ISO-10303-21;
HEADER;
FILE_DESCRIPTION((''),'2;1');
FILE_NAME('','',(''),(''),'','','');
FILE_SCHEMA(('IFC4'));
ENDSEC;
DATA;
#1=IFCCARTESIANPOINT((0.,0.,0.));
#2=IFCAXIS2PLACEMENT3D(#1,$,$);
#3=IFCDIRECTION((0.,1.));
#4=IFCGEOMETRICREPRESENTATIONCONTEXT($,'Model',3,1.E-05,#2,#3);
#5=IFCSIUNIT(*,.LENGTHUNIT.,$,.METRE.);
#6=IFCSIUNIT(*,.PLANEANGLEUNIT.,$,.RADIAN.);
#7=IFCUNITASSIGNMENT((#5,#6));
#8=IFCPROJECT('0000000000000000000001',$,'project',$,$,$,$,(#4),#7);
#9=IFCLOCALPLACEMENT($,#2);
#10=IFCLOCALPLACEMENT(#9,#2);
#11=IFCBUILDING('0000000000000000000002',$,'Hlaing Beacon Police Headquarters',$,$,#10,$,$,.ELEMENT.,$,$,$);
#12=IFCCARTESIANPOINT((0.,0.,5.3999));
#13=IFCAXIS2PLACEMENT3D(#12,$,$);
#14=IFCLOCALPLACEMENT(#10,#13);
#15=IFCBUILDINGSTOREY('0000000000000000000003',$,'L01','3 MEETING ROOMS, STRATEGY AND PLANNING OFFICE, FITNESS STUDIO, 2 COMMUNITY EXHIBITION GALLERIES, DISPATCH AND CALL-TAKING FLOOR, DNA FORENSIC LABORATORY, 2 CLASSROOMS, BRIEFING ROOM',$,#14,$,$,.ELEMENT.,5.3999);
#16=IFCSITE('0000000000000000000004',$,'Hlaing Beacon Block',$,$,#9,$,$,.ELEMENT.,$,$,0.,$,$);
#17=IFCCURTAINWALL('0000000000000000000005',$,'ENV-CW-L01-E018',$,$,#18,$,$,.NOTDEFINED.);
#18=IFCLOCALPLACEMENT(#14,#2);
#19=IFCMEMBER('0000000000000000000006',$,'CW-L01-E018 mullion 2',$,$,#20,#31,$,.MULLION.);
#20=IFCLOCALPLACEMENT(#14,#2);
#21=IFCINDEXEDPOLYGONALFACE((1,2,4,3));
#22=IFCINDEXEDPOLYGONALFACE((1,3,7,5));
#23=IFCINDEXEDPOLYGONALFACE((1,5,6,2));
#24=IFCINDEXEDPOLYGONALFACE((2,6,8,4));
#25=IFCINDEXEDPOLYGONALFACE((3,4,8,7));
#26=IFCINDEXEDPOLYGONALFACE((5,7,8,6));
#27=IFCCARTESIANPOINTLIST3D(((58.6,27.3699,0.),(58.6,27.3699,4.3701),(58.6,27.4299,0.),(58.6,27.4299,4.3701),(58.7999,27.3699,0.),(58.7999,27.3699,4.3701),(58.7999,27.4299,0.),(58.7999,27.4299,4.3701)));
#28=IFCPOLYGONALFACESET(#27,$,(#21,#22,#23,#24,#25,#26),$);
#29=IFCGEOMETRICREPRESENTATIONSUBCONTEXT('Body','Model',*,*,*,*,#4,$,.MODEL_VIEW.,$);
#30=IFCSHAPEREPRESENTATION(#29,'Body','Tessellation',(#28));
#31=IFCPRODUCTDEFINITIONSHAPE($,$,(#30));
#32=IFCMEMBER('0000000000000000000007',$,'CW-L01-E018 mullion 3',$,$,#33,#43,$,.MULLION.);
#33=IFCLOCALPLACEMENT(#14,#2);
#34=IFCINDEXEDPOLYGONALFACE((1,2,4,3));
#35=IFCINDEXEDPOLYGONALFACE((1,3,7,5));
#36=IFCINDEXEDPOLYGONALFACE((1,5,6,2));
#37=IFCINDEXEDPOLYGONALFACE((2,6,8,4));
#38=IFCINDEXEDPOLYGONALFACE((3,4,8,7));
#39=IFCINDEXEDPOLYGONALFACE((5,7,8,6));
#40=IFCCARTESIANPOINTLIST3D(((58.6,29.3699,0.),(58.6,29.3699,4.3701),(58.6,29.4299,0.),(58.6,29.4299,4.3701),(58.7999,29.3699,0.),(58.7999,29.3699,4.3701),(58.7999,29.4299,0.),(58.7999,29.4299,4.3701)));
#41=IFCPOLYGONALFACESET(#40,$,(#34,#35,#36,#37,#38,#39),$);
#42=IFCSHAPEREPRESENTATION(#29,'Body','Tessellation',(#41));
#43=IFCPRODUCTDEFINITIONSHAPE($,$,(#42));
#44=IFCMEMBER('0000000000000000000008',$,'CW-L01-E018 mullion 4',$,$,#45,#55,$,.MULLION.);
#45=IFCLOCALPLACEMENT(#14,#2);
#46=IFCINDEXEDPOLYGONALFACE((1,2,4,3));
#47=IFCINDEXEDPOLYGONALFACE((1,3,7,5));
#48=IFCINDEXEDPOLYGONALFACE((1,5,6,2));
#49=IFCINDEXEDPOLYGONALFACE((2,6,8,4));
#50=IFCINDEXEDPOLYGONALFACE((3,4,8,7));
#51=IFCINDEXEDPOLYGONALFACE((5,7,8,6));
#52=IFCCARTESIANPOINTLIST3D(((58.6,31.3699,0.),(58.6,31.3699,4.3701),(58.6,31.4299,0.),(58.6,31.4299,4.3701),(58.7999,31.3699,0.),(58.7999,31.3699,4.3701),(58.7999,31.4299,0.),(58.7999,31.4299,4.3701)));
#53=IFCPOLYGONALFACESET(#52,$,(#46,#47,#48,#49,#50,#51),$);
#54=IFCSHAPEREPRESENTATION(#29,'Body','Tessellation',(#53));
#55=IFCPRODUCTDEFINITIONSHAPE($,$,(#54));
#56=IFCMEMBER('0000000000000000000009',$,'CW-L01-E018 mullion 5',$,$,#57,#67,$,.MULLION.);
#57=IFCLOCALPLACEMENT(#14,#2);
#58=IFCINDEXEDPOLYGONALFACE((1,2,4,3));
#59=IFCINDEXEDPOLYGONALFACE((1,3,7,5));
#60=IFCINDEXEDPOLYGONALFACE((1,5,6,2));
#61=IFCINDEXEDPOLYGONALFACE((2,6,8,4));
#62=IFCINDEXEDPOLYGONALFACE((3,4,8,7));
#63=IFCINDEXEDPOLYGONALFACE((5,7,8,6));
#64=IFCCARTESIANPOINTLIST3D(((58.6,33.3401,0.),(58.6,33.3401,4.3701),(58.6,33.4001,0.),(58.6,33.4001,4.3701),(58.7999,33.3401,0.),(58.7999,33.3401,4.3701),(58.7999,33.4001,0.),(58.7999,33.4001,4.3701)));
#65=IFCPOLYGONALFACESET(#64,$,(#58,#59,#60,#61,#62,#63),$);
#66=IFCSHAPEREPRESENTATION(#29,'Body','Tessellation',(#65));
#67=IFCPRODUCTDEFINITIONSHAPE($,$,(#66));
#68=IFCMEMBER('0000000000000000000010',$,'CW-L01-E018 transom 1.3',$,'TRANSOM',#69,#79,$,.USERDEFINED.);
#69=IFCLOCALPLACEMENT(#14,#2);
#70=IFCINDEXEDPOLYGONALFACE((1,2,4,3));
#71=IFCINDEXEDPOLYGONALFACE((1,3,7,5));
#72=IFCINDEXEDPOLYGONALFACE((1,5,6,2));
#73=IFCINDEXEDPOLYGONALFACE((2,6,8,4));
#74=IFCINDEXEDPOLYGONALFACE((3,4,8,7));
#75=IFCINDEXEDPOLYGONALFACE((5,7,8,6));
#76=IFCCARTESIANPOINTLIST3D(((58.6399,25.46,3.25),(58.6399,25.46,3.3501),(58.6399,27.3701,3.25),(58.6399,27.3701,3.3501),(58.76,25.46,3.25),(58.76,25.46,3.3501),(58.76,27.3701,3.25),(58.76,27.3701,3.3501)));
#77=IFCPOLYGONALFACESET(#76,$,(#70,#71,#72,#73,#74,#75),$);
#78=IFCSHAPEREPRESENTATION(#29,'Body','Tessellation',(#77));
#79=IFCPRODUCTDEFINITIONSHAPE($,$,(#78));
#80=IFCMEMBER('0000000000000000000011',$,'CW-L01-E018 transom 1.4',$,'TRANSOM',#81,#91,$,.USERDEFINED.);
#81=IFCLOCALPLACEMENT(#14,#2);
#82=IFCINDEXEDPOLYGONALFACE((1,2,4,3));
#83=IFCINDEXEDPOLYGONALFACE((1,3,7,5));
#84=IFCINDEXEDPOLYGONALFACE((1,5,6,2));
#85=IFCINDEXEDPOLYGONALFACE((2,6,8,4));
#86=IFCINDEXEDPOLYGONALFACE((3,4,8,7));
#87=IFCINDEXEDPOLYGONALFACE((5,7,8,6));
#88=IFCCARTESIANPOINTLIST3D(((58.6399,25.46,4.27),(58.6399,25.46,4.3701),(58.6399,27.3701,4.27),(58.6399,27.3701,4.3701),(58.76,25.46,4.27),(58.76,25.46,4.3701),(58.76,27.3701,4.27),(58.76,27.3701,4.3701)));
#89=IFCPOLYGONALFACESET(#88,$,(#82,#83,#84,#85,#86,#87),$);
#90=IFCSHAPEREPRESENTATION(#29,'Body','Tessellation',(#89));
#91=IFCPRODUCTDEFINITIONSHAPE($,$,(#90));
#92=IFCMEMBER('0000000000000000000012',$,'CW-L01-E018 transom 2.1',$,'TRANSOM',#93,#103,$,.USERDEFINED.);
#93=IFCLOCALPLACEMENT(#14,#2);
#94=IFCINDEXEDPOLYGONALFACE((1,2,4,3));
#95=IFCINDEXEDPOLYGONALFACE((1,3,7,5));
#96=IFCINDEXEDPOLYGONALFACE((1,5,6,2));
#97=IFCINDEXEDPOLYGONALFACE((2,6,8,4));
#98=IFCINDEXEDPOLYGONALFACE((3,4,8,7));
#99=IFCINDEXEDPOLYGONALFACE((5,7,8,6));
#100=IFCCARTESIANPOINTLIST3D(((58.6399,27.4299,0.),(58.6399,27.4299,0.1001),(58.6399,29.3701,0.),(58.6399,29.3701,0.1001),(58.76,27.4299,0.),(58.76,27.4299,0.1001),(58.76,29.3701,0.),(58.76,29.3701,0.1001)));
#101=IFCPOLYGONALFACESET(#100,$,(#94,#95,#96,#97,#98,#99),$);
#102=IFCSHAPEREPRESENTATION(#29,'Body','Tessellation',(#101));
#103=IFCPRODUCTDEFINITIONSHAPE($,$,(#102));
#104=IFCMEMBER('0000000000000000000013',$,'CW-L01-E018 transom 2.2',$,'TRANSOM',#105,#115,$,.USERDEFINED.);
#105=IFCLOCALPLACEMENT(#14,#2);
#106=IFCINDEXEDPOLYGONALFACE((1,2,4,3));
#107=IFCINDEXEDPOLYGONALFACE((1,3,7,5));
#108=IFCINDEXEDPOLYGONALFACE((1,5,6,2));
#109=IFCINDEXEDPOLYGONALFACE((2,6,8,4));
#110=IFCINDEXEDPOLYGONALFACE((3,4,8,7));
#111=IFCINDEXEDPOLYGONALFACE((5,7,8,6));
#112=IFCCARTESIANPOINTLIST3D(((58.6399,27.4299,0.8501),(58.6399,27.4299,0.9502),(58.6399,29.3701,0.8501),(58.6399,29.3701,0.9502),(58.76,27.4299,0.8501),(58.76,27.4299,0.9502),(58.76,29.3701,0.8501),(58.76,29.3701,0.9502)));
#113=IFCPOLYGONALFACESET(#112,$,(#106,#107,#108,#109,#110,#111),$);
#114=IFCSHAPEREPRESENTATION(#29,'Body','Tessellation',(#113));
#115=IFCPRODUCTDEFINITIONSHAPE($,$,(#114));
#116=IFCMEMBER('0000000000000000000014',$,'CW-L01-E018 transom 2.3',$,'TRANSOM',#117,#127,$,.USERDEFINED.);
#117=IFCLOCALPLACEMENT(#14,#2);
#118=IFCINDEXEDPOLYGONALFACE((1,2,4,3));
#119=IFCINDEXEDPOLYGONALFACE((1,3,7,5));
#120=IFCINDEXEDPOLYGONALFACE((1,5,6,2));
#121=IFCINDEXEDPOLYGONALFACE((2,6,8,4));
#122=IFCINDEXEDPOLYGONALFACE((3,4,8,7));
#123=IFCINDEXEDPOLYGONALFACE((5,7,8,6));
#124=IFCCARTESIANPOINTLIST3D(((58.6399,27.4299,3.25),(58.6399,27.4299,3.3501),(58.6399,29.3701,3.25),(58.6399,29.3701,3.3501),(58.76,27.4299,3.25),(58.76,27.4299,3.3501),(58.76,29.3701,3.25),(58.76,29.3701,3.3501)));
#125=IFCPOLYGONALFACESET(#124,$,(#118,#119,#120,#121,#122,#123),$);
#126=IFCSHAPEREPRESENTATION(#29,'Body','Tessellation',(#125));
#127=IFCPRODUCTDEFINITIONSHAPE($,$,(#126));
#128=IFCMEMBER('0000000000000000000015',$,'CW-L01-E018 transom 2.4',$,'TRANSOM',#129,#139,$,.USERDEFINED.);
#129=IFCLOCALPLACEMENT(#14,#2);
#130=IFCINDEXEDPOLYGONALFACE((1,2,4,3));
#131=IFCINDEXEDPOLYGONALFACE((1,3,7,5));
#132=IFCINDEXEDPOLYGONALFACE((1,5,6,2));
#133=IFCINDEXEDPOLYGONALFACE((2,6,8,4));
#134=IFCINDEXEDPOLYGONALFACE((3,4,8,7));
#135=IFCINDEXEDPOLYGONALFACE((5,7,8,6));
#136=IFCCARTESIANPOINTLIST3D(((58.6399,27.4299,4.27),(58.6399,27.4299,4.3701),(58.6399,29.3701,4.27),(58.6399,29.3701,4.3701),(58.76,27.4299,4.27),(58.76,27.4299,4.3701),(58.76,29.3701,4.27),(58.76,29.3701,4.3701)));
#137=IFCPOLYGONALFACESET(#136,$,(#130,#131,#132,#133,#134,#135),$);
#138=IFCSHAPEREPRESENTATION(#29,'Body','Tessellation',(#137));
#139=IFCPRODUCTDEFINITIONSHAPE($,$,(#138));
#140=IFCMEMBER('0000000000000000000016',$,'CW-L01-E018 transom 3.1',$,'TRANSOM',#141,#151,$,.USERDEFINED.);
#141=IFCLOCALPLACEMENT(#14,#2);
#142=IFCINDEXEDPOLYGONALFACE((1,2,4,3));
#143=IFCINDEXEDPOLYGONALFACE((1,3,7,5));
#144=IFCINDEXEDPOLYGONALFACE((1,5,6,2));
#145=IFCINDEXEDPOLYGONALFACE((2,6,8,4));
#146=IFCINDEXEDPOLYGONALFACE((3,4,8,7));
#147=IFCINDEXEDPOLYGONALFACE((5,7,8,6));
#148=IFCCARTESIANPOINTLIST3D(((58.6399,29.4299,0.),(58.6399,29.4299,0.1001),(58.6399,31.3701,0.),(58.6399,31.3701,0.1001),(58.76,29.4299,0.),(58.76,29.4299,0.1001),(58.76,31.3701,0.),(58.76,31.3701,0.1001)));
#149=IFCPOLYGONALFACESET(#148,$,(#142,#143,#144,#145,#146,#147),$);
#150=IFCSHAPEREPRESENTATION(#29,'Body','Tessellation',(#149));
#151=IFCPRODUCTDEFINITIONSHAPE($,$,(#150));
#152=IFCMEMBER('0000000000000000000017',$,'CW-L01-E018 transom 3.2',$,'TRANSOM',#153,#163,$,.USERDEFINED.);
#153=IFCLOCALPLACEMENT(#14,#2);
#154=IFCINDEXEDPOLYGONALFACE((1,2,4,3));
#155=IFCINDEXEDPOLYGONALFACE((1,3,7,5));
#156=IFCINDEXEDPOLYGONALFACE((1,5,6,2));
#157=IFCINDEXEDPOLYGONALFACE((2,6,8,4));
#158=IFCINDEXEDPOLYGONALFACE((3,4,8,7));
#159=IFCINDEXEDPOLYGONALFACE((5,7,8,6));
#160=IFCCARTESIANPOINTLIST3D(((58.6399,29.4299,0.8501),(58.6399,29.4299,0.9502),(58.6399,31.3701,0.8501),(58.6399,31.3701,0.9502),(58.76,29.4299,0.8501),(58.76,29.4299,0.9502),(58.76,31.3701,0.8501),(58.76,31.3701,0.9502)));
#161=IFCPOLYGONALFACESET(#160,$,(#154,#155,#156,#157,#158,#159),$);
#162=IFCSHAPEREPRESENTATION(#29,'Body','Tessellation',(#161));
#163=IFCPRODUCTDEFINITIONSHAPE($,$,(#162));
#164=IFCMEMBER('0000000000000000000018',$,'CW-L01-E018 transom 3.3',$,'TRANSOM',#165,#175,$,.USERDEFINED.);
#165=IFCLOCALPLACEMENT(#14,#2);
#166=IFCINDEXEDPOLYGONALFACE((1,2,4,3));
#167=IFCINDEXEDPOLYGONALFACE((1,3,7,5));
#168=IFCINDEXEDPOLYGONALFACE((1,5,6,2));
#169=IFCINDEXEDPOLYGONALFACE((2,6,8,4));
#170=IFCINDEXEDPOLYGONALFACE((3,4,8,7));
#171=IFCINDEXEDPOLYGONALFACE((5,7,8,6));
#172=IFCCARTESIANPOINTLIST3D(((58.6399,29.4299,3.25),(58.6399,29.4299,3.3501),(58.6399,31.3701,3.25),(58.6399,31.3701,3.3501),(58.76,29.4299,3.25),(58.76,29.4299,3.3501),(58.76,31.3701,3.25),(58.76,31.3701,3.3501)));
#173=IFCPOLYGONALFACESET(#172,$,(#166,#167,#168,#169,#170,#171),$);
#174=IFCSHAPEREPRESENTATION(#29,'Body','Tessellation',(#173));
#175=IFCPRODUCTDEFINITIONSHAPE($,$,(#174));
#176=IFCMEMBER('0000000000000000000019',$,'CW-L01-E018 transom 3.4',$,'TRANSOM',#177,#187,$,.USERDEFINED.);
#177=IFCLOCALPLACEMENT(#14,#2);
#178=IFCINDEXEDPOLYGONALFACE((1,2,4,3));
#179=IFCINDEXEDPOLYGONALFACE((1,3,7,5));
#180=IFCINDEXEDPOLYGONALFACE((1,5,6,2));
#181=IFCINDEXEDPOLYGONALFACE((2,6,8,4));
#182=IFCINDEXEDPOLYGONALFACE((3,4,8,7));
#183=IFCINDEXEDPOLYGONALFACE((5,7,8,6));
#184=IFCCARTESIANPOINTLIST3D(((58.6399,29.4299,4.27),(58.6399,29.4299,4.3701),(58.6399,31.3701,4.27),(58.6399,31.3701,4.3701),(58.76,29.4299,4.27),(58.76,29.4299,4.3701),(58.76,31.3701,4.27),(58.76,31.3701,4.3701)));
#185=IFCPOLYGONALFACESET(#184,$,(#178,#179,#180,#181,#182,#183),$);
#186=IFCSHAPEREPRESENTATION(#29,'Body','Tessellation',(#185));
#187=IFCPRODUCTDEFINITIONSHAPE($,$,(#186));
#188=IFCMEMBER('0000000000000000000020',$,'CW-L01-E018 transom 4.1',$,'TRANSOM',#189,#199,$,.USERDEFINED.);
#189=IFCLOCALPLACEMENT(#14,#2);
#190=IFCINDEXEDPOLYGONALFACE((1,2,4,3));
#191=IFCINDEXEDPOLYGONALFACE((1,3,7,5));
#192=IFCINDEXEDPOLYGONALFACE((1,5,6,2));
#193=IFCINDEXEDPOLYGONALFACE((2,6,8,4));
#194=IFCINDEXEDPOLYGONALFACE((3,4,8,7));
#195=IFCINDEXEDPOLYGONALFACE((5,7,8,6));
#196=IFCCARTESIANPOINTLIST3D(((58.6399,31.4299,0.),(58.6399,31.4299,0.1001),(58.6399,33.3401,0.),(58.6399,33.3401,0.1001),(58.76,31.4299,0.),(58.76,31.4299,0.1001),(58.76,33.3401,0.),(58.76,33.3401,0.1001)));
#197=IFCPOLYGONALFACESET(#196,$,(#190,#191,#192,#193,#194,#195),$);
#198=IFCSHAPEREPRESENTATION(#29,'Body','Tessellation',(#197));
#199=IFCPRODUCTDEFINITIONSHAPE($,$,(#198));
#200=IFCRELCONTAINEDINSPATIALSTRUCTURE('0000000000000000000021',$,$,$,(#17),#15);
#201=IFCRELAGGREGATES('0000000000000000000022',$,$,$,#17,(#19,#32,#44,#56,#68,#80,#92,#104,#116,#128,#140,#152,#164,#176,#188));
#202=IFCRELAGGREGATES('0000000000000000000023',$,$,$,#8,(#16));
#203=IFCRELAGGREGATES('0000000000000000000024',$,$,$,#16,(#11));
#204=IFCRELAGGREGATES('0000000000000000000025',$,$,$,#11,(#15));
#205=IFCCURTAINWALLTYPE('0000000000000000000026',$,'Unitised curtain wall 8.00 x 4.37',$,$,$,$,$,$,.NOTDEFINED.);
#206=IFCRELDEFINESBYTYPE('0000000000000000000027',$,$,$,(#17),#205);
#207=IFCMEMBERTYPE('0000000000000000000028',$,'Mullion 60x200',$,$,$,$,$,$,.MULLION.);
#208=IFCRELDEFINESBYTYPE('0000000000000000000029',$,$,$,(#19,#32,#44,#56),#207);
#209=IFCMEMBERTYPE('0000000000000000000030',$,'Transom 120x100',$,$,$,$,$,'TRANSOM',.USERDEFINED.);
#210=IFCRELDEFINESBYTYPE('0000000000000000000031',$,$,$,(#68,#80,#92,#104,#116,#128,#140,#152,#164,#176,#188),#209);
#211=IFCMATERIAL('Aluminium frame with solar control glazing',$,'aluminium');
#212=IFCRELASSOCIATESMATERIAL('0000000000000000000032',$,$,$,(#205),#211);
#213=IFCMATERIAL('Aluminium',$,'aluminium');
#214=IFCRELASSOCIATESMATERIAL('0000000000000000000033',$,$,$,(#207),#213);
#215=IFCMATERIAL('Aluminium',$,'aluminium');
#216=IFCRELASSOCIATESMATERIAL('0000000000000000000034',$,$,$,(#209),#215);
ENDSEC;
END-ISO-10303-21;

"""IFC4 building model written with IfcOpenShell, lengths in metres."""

from ifc_helpers import new_model, si_unit, direction, frame, origin, origin_2d, place, context, subcontext, project, spatial, rectangle, extrude, material, material_profile, profile_set, type_object, element, aggregate, save


model = new_model("IFC4")

# Units and contexts
model_context = context("Model", 3, precision=1e-05, world=origin(), true_north=direction((0.0, 1.0)))
body_context = subcontext(model_context, "Body", "Model", "MODEL_VIEW")
ifc_project = project(units=[si_unit("LENGTHUNIT", "METRE"), si_unit("PLANEANGLEUNIT", "RADIAN")], contexts=[model_context])

# Site, building, storey
site_placement = place(None, origin())
site = spatial("IfcSite", under=ifc_project, at=site_placement, Name="Hlaing Beacon Block", CompositionType="ELEMENT", RefElevation=0.0)
building_placement = place(site_placement, origin())
building = spatial("IfcBuilding", under=site, at=building_placement, Name="Hlaing Beacon Police Headquarters", CompositionType="ELEMENT")
storey_placement = place(building_placement, frame((0.0, 0.0, 5.3999)))
storey = spatial("IfcBuildingStorey", under=building, at=storey_placement, Name="L01", Description="3 MEETING ROOMS, STRATEGY AND PLANNING OFFICE, FITNESS STUDIO, 2 COMMUNITY EXHIBITION GALLERIES, DISPATCH AND CALL-TAKING FLOOR, DNA FORENSIC LABORATORY, 2 CLASSROOMS, BRIEFING ROOM", CompositionType="ELEMENT", Elevation=5.3999)

# Curtain wall, members
ifc_material_1 = material(Name="Aluminium frame with solar control glazing", Category="aluminium")
curtain_wall_type = type_object("IfcCurtainWallType", Name="Unitised curtain wall 8.00 x 4.37", PredefinedType="NOTDEFINED", material=ifc_material_1)
curtain_wall_placement = place(storey_placement, origin())
curtain_wall = element("IfcCurtainWall", 1, at=curtain_wall_placement, inside=storey, type_object=curtain_wall_type, Name="ENV-CW-L01-E018", PredefinedType="NOTDEFINED")
ifc_material_2 = material(Name="Aluminium", Category="aluminium")
ifc_material_profile_1 = material_profile(ifc_material_2, rectangle(XDim=0.2, YDim=0.0601, at=origin_2d()), Name="Mullion 60x200")
ifc_profile_set_1 = profile_set([ifc_material_profile_1], Name="Aluminium")
member_type_1 = type_object("IfcMemberType", Name="Mullion 60x200", PredefinedType="MULLION", material=ifc_profile_set_1)
member_1_placement = place(storey_placement, frame((58.7, 27.3999, 0.0), z_axis=(0.0, 0.0, 1.0), x_axis=(-1.0, 0.0, 0.0)))
member_1 = element("IfcMember", 2, at=member_1_placement, type_object=member_type_1, Name="CW-L01-E018 mullion 2", PredefinedType="MULLION", context=body_context, shape_type="SweptSolid", body=[
    extrude(rectangle(XDim=0.2, YDim=0.0601, at=origin_2d()), origin(), (0.0, 0.0, 1.0), 4.3701),
])
member_2_placement = place(storey_placement, frame((58.7, 29.3999, 0.0), z_axis=(0.0, 0.0, 1.0), x_axis=(-1.0, 0.0, 0.0)))
member_2 = element("IfcMember", 3, at=member_2_placement, type_object=member_type_1, Name="CW-L01-E018 mullion 3", PredefinedType="MULLION", context=body_context, shape_type="SweptSolid", body=[
    extrude(rectangle(XDim=0.2, YDim=0.0601, at=origin_2d()), origin(), (0.0, 0.0, 1.0), 4.3701),
])
member_3_placement = place(storey_placement, frame((58.7, 31.3999, 0.0), z_axis=(0.0, 0.0, 1.0), x_axis=(-1.0, 0.0, 0.0)))
member_3 = element("IfcMember", 4, at=member_3_placement, type_object=member_type_1, Name="CW-L01-E018 mullion 4", PredefinedType="MULLION", context=body_context, shape_type="SweptSolid", body=[
    extrude(rectangle(XDim=0.2, YDim=0.0601, at=origin_2d()), origin(), (0.0, 0.0, 1.0), 4.3701),
])
member_4_placement = place(storey_placement, frame((58.7, 33.3701, 0.0), z_axis=(0.0, 0.0, 1.0), x_axis=(-1.0, 0.0, 0.0)))
member_4 = element("IfcMember", 5, at=member_4_placement, type_object=member_type_1, Name="CW-L01-E018 mullion 5", PredefinedType="MULLION", context=body_context, shape_type="SweptSolid", body=[
    extrude(rectangle(XDim=0.2, YDim=0.0601, at=origin_2d()), origin(), (0.0, 0.0, 1.0), 4.3701),
])
ifc_material_3 = material(Name="Aluminium", Category="aluminium")
ifc_material_profile_2 = material_profile(ifc_material_3, rectangle(XDim=0.1201, YDim=0.1001, at=origin_2d()), Name="Transom 120x100")
ifc_profile_set_2 = profile_set([ifc_material_profile_2], Name="Aluminium")
member_type_2 = type_object("IfcMemberType", Name="Transom 120x100", ElementType="TRANSOM", PredefinedType="USERDEFINED", material=ifc_profile_set_2)
member_5_placement = place(storey_placement, frame((58.7, 25.46, 3.3), z_axis=(0.0, 1.0, 0.0), x_axis=(-1.0, 0.0, 0.0)))
member_5 = element("IfcMember", 6, at=member_5_placement, type_object=member_type_2, Name="CW-L01-E018 transom 1.3", ObjectType="TRANSOM", PredefinedType="USERDEFINED", context=body_context, shape_type="SweptSolid", body=[
    extrude(rectangle(XDim=0.1201, YDim=0.1001, at=origin_2d()), origin(), (0.0, 0.0, 1.0), 1.9102),
])
member_6_placement = place(storey_placement, frame((58.7, 25.46, 4.3201), z_axis=(0.0, 1.0, 0.0), x_axis=(-1.0, 0.0, 0.0)))
member_6 = element("IfcMember", 7, at=member_6_placement, type_object=member_type_2, Name="CW-L01-E018 transom 1.4", ObjectType="TRANSOM", PredefinedType="USERDEFINED", context=body_context, shape_type="SweptSolid", body=[
    extrude(rectangle(XDim=0.1201, YDim=0.1001, at=origin_2d()), origin(), (0.0, 0.0, 1.0), 1.9102),
])
member_7_placement = place(storey_placement, frame((58.7, 27.4299, 0.05), z_axis=(0.0, 1.0, 0.0), x_axis=(-1.0, 0.0, 0.0)))
member_7 = element("IfcMember", 8, at=member_7_placement, type_object=member_type_2, Name="CW-L01-E018 transom 2.1", ObjectType="TRANSOM", PredefinedType="USERDEFINED", context=body_context, shape_type="SweptSolid", body=[
    extrude(rectangle(XDim=0.1201, YDim=0.1001, at=origin_2d()), origin(), (0.0, 0.0, 1.0), 1.9402),
])
member_8_placement = place(storey_placement, frame((58.7, 27.4299, 0.9001), z_axis=(0.0, 1.0, 0.0), x_axis=(-1.0, 0.0, 0.0)))
member_8 = element("IfcMember", 9, at=member_8_placement, type_object=member_type_2, Name="CW-L01-E018 transom 2.2", ObjectType="TRANSOM", PredefinedType="USERDEFINED", context=body_context, shape_type="SweptSolid", body=[
    extrude(rectangle(XDim=0.1201, YDim=0.1001, at=origin_2d()), origin(), (0.0, 0.0, 1.0), 1.9402),
])
member_9_placement = place(storey_placement, frame((58.7, 27.4299, 3.3), z_axis=(0.0, 1.0, 0.0), x_axis=(-1.0, 0.0, 0.0)))
member_9 = element("IfcMember", 10, at=member_9_placement, type_object=member_type_2, Name="CW-L01-E018 transom 2.3", ObjectType="TRANSOM", PredefinedType="USERDEFINED", context=body_context, shape_type="SweptSolid", body=[
    extrude(rectangle(XDim=0.1201, YDim=0.1001, at=origin_2d()), origin(), (0.0, 0.0, 1.0), 1.9402),
])
member_10_placement = place(storey_placement, frame((58.7, 27.4299, 4.3201), z_axis=(0.0, 1.0, 0.0), x_axis=(-1.0, 0.0, 0.0)))
member_10 = element("IfcMember", 11, at=member_10_placement, type_object=member_type_2, Name="CW-L01-E018 transom 2.4", ObjectType="TRANSOM", PredefinedType="USERDEFINED", context=body_context, shape_type="SweptSolid", body=[
    extrude(rectangle(XDim=0.1201, YDim=0.1001, at=origin_2d()), origin(), (0.0, 0.0, 1.0), 1.9402),
])
member_11_placement = place(storey_placement, frame((58.7, 29.4299, 0.05), z_axis=(0.0, 1.0, 0.0), x_axis=(-1.0, 0.0, 0.0)))
member_11 = element("IfcMember", 12, at=member_11_placement, type_object=member_type_2, Name="CW-L01-E018 transom 3.1", ObjectType="TRANSOM", PredefinedType="USERDEFINED", context=body_context, shape_type="SweptSolid", body=[
    extrude(rectangle(XDim=0.1201, YDim=0.1001, at=origin_2d()), origin(), (0.0, 0.0, 1.0), 1.9402),
])
member_12_placement = place(storey_placement, frame((58.7, 29.4299, 0.9001), z_axis=(0.0, 1.0, 0.0), x_axis=(-1.0, 0.0, 0.0)))
member_12 = element("IfcMember", 13, at=member_12_placement, type_object=member_type_2, Name="CW-L01-E018 transom 3.2", ObjectType="TRANSOM", PredefinedType="USERDEFINED", context=body_context, shape_type="SweptSolid", body=[
    extrude(rectangle(XDim=0.1201, YDim=0.1001, at=origin_2d()), origin(), (0.0, 0.0, 1.0), 1.9402),
])
member_13_placement = place(storey_placement, frame((58.7, 29.4299, 3.3), z_axis=(0.0, 1.0, 0.0), x_axis=(-1.0, 0.0, 0.0)))
member_13 = element("IfcMember", 14, at=member_13_placement, type_object=member_type_2, Name="CW-L01-E018 transom 3.3", ObjectType="TRANSOM", PredefinedType="USERDEFINED", context=body_context, shape_type="SweptSolid", body=[
    extrude(rectangle(XDim=0.1201, YDim=0.1001, at=origin_2d()), origin(), (0.0, 0.0, 1.0), 1.9402),
])
member_14_placement = place(storey_placement, frame((58.7, 29.4299, 4.3201), z_axis=(0.0, 1.0, 0.0), x_axis=(-1.0, 0.0, 0.0)))
member_14 = element("IfcMember", 15, at=member_14_placement, type_object=member_type_2, Name="CW-L01-E018 transom 3.4", ObjectType="TRANSOM", PredefinedType="USERDEFINED", context=body_context, shape_type="SweptSolid", body=[
    extrude(rectangle(XDim=0.1201, YDim=0.1001, at=origin_2d()), origin(), (0.0, 0.0, 1.0), 1.9402),
])
member_15_placement = place(storey_placement, frame((58.7, 31.4299, 0.05), z_axis=(0.0, 1.0, 0.0), x_axis=(-1.0, 0.0, 0.0)))
member_15 = element("IfcMember", 16, at=member_15_placement, type_object=member_type_2, Name="CW-L01-E018 transom 4.1", ObjectType="TRANSOM", PredefinedType="USERDEFINED", context=body_context, shape_type="SweptSolid", body=[
    extrude(rectangle(XDim=0.1201, YDim=0.1001, at=origin_2d()), origin(), (0.0, 0.0, 1.0), 1.9102),
])
aggregate(curtain_wall, [member_1, member_2, member_3, member_4, member_5, member_6, member_7, member_8, member_9, member_10, member_11, member_12, member_13, member_14, member_15])

save(model, "model.ifc")
